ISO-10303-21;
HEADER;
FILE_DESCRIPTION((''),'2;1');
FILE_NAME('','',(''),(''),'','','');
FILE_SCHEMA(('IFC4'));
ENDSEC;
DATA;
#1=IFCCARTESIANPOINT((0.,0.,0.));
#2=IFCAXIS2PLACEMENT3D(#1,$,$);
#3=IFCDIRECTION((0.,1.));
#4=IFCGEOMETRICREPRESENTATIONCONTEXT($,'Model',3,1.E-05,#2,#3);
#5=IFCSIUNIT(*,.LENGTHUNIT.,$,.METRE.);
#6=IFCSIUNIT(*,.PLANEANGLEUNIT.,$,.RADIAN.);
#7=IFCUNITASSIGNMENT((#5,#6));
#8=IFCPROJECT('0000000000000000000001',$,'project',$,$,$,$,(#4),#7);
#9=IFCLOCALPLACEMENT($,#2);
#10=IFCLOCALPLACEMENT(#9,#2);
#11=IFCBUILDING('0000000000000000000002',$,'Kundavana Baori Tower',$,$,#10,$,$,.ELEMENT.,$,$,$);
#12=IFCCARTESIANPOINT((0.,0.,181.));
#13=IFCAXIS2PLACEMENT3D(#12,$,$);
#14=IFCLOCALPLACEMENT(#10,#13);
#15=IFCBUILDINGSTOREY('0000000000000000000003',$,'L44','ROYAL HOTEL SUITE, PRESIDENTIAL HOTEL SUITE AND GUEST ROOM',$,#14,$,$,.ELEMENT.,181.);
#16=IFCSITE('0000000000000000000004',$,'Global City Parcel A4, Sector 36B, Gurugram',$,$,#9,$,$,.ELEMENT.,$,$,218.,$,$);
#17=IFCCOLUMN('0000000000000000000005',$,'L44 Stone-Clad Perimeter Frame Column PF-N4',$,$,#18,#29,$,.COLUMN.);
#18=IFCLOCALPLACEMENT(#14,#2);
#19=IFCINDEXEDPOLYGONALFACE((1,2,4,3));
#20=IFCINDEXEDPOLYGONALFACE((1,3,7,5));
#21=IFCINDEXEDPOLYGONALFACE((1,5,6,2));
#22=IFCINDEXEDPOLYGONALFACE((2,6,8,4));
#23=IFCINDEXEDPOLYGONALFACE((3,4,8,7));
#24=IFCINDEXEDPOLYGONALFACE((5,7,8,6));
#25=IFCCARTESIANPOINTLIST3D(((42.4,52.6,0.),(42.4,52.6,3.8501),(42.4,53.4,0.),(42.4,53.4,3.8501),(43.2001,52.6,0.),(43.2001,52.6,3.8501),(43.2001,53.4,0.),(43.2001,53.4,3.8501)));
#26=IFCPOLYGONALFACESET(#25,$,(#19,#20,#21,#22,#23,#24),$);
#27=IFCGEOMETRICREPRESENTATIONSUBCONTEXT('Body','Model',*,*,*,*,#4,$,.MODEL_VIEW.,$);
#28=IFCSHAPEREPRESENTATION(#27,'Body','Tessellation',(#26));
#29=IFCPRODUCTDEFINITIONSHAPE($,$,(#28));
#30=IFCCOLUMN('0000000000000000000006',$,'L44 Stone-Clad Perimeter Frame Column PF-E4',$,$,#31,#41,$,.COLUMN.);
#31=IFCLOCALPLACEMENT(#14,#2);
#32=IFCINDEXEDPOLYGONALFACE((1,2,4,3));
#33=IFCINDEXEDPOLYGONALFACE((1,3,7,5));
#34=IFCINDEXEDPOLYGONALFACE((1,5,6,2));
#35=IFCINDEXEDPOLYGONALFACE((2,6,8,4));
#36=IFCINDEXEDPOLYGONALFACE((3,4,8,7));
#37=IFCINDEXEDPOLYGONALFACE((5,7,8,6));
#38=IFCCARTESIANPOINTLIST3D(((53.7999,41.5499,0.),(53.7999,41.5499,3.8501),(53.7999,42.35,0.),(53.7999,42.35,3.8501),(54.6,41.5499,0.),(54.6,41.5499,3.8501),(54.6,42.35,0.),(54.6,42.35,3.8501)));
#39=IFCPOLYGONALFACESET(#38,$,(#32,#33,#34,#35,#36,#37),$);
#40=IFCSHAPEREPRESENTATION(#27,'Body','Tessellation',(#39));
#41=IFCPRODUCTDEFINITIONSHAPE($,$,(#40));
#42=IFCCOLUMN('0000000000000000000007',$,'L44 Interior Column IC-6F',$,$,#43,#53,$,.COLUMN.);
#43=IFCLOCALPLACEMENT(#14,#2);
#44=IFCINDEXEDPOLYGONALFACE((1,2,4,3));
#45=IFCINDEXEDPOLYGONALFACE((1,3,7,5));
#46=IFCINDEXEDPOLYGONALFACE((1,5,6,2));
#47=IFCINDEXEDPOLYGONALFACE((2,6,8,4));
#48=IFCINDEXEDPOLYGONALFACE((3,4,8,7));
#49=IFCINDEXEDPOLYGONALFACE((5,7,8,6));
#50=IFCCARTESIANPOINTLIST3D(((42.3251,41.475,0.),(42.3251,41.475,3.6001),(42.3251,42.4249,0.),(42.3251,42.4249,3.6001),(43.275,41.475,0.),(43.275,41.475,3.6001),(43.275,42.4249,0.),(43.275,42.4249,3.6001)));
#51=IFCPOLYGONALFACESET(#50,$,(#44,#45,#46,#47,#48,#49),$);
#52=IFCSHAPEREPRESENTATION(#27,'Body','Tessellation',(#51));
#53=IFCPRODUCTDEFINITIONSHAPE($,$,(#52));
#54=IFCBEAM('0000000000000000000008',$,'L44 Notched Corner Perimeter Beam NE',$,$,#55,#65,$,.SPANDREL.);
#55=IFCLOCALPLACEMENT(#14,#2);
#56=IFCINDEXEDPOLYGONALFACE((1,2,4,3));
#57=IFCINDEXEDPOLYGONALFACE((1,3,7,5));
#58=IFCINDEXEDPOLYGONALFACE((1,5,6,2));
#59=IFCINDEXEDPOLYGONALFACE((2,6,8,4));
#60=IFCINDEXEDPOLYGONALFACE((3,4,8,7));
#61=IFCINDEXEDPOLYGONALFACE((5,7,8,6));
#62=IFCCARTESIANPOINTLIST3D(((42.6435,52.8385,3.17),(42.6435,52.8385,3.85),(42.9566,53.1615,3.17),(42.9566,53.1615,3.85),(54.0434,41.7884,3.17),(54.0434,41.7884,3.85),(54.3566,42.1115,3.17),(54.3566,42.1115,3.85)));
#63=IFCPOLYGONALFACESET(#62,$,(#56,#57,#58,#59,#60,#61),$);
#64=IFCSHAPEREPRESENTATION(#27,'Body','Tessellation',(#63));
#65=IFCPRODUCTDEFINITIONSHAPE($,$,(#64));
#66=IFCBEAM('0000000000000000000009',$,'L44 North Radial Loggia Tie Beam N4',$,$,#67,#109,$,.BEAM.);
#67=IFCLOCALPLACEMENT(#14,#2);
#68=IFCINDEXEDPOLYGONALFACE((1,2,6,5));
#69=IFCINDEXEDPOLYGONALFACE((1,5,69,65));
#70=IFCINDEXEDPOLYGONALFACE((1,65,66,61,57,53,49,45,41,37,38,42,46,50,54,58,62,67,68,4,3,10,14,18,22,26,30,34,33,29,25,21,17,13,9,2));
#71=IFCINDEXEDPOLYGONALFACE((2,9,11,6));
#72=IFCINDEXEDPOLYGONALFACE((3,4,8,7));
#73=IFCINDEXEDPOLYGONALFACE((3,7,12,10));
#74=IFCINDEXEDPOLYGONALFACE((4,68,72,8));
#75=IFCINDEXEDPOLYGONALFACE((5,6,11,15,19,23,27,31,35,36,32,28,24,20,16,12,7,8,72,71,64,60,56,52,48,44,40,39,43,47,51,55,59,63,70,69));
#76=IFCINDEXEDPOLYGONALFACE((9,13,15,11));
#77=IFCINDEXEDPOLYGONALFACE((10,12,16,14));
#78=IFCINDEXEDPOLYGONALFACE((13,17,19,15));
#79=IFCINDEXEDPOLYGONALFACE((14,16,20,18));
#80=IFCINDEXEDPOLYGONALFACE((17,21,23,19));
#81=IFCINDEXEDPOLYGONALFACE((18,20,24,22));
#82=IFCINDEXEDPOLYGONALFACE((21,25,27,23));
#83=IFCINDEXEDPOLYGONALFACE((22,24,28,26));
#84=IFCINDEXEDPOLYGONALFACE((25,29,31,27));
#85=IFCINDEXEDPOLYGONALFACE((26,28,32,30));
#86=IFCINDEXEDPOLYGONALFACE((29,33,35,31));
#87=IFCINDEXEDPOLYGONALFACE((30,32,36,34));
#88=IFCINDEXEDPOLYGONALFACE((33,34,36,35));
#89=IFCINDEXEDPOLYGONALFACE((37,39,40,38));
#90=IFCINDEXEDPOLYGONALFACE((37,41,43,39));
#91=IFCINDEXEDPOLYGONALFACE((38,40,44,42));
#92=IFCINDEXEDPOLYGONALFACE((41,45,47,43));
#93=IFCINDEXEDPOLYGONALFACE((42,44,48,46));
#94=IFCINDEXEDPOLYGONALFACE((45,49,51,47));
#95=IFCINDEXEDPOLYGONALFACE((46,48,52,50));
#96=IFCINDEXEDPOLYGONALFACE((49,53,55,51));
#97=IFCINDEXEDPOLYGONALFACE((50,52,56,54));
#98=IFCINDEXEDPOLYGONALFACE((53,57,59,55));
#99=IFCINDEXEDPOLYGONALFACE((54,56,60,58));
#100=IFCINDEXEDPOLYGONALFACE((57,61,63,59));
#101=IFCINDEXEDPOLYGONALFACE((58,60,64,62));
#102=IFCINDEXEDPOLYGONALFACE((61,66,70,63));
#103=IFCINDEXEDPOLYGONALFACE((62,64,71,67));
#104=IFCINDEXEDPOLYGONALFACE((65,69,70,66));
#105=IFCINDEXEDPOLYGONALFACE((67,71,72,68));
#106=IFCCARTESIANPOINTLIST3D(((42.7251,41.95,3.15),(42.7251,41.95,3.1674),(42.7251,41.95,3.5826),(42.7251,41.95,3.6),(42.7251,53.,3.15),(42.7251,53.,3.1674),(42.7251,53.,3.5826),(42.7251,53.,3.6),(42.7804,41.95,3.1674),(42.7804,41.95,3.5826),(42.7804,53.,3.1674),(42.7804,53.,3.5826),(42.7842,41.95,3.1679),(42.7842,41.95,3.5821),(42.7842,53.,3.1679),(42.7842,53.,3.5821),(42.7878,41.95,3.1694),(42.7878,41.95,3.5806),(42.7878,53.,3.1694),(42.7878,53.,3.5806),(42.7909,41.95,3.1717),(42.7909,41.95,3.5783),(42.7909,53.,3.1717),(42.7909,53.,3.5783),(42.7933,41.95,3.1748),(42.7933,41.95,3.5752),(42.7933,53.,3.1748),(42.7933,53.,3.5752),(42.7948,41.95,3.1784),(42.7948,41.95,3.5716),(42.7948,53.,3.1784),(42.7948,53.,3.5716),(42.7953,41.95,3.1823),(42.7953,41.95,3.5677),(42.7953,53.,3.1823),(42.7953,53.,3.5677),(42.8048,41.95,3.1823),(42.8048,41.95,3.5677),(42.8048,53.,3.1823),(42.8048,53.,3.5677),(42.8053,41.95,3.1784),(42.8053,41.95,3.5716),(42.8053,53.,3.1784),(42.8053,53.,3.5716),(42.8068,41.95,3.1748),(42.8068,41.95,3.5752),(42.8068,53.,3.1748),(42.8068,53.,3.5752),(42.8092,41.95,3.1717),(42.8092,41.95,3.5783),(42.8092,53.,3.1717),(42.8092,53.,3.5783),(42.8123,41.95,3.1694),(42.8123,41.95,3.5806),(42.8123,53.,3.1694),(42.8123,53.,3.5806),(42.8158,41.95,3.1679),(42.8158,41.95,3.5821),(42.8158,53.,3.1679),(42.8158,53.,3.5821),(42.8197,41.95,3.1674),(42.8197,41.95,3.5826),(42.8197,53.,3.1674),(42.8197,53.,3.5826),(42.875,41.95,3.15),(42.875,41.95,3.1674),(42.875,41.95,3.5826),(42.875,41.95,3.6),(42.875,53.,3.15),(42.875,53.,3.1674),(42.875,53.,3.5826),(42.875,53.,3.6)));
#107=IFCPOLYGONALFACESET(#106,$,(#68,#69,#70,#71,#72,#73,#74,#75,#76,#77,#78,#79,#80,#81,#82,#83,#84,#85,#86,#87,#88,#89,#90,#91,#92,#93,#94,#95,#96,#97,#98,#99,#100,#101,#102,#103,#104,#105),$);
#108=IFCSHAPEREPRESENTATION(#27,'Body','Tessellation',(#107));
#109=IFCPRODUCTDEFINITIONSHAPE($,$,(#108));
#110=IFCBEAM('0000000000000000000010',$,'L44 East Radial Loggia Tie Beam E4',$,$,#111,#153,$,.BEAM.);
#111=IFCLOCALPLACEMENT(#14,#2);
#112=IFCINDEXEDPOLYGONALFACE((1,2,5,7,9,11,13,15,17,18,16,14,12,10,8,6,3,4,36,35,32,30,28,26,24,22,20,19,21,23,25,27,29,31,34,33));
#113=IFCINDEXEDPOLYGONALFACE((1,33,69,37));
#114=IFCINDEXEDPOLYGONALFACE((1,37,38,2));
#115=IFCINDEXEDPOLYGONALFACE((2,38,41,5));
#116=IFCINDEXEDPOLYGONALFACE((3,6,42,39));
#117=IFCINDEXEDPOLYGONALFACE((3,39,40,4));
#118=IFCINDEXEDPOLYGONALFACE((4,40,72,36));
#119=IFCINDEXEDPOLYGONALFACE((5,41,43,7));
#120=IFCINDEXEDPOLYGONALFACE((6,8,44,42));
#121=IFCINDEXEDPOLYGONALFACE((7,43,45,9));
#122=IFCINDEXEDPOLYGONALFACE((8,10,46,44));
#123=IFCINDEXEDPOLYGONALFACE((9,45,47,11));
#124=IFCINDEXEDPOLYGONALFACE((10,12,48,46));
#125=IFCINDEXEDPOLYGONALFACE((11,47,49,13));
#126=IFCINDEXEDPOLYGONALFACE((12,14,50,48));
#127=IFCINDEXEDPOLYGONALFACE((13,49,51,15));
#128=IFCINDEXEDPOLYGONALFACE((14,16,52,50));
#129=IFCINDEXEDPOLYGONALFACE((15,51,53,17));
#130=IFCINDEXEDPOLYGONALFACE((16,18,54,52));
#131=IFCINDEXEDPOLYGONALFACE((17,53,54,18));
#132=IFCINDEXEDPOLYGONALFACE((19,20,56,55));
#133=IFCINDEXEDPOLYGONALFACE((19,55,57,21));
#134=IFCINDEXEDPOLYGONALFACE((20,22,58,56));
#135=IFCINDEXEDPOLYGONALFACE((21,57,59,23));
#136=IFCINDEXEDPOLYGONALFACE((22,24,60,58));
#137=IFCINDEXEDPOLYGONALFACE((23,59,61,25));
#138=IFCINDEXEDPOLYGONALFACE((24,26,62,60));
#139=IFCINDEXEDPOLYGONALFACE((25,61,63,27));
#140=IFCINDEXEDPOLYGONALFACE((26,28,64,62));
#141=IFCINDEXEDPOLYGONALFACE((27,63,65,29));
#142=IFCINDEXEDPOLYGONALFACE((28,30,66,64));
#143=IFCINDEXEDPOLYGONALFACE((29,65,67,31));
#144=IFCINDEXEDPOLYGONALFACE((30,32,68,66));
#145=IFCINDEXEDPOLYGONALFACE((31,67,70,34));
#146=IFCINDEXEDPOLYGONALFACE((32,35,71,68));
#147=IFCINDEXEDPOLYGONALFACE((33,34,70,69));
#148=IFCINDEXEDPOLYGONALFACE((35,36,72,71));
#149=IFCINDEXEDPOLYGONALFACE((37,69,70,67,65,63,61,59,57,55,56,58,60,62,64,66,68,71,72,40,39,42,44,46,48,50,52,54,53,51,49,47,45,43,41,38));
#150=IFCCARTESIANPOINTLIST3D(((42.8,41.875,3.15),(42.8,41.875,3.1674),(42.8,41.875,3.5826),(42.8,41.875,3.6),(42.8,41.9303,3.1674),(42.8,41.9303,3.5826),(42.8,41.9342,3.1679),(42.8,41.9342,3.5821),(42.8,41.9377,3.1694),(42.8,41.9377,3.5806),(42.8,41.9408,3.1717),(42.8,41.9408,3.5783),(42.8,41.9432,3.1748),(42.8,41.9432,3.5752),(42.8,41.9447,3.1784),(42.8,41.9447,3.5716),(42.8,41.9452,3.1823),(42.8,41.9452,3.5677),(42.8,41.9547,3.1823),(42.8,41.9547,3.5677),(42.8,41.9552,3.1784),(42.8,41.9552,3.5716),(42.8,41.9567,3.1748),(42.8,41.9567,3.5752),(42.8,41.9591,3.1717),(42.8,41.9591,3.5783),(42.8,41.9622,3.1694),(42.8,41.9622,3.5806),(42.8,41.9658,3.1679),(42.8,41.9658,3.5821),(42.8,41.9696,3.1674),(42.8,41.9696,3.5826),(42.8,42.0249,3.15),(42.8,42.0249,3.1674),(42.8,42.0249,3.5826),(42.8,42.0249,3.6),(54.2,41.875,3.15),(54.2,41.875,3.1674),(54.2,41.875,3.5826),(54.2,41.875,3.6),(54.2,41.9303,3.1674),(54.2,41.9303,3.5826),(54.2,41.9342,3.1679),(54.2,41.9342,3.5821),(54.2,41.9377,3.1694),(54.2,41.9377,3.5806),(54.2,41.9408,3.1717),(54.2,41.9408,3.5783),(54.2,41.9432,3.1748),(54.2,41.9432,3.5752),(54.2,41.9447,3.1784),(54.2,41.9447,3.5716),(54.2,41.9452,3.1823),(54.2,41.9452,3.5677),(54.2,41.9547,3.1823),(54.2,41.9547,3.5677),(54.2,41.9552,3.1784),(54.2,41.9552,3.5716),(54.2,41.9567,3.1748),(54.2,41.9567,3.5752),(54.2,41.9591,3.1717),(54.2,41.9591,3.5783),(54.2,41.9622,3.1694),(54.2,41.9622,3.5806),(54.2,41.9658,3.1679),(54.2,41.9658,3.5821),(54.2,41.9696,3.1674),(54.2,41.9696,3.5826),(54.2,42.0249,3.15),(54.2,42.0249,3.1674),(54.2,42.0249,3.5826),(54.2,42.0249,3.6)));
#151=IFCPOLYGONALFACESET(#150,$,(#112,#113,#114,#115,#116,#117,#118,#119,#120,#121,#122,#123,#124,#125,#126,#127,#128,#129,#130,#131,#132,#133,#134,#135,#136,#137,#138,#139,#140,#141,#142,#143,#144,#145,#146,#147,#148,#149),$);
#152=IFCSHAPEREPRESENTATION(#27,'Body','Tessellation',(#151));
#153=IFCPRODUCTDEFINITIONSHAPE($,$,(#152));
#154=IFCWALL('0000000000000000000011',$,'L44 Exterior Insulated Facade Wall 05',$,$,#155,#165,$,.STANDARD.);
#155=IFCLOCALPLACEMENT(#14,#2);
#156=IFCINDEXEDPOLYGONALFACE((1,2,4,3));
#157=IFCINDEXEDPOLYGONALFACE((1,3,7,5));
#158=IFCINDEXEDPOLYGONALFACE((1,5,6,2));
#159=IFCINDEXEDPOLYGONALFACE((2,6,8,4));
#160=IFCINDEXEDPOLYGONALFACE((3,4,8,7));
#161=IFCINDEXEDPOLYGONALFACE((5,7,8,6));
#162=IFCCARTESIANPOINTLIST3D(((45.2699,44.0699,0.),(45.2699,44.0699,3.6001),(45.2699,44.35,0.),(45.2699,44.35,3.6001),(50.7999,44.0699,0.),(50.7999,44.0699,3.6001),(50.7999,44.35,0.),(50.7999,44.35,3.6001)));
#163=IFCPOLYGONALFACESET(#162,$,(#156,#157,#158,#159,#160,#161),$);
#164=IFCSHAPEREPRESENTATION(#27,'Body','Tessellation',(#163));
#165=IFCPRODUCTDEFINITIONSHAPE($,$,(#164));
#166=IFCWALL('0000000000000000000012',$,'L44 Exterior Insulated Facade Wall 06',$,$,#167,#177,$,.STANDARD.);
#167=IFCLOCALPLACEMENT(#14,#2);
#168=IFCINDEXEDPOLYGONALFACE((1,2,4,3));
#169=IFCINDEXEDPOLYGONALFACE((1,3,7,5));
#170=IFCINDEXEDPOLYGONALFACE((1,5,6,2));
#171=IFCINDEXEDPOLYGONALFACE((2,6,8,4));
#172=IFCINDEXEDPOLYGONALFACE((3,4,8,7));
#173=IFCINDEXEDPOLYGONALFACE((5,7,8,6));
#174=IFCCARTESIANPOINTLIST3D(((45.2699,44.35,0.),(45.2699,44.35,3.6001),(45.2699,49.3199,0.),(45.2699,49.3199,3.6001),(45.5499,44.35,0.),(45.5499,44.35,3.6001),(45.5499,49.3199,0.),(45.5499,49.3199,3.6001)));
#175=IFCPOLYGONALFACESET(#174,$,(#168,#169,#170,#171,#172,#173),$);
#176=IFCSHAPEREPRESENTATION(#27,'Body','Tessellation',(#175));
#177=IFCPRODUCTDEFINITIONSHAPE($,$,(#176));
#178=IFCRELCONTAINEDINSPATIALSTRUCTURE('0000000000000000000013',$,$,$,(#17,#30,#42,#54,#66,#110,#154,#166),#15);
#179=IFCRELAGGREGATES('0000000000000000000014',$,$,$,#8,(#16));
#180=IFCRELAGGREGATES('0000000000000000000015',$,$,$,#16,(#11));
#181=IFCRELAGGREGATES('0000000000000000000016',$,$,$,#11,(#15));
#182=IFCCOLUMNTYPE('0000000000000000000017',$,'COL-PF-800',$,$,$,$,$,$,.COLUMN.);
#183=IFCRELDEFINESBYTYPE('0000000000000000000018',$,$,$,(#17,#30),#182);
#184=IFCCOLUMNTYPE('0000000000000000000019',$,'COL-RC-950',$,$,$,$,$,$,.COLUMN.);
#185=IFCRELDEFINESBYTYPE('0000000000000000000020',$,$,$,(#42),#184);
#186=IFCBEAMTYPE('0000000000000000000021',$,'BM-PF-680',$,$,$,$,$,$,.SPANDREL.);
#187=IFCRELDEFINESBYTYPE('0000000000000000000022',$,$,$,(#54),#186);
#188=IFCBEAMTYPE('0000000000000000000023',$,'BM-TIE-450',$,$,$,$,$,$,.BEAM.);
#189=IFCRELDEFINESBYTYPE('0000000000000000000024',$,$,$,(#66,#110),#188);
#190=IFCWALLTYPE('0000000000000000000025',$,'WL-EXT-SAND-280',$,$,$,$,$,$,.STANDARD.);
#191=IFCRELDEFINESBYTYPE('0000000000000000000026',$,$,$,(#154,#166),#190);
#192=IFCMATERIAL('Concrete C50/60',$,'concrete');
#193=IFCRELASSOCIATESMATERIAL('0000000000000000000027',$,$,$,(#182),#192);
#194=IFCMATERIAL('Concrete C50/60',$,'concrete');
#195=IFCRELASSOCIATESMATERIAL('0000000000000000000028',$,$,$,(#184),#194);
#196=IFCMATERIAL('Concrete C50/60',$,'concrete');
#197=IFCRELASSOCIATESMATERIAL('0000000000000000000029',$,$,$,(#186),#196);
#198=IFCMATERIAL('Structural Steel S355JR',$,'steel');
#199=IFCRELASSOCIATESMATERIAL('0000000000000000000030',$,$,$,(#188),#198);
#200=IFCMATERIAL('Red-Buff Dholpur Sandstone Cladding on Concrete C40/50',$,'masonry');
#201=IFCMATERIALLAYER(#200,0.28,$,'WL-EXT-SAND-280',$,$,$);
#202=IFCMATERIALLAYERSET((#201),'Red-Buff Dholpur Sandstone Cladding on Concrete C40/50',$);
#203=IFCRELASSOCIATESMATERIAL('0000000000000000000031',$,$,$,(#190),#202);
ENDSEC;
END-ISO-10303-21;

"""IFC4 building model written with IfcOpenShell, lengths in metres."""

from ifc_helpers import new_model, si_unit, direction, frame, frame_2d, origin, origin_2d, place, context, subcontext, project, spatial, rectangle, i_section, extrude, material, layer, layer_set, material_profile, profile_set, type_object, element, save


model = new_model("IFC4")

# Units and contexts
model_context = context("Model", 3, precision=1e-05, world=origin(), true_north=direction((0.0, 1.0)))
body_context = subcontext(model_context, "Body", "Model", "MODEL_VIEW")
ifc_project = project(units=[si_unit("LENGTHUNIT", "METRE"), si_unit("PLANEANGLEUNIT", "RADIAN")], contexts=[model_context])

# Site, building, storey
site_placement = place(None, origin())
site = spatial("IfcSite", under=ifc_project, at=site_placement, Name="Global City Parcel A4, Sector 36B, Gurugram", CompositionType="ELEMENT", RefElevation=218.0)
building_placement = place(site_placement, origin())
building = spatial("IfcBuilding", under=site, at=building_placement, Name="Kundavana Baori Tower", CompositionType="ELEMENT")
storey_placement = place(building_placement, frame((0.0, 0.0, 181.0)))
storey = spatial("IfcBuildingStorey", under=building, at=storey_placement, Name="L44", Description="ROYAL HOTEL SUITE, PRESIDENTIAL HOTEL SUITE AND GUEST ROOM", CompositionType="ELEMENT", Elevation=181.0)

# Columns
ifc_material_1 = material(Name="Concrete C50/60", Category="concrete")
ifc_material_profile_1 = material_profile(ifc_material_1, rectangle(XDim=0.8, YDim=0.8, at=origin_2d()), Name="RC PF 800x800")
ifc_profile_set_1 = profile_set([ifc_material_profile_1], Name="Concrete C50/60")
column_type_1 = type_object("IfcColumnType", Name="COL-PF-800", PredefinedType="COLUMN", material=ifc_profile_set_1)
for number, where, z_axis, x_axis, name in (
    (1, (42.8, 53.0, 0.0), (0.0, 0.0, 1.0), (1.0, 0.0, 0.0), "L44 Stone-Clad Perimeter Frame Column PF-N4"),
    (2, (54.2, 41.95, 0.0), (0.0, 0.0, 1.0), (1.0, 0.0, 0.0), "L44 Stone-Clad Perimeter Frame Column PF-E4"),
):
    element("IfcColumn", number, at=place(storey_placement, frame(where, z_axis=z_axis, x_axis=x_axis)), inside=storey, type_object=column_type_1, Name=name, PredefinedType="COLUMN", context=body_context, shape_type="SweptSolid", body=[
        extrude(rectangle(XDim=0.8, YDim=0.8, at=origin_2d()), origin(), (0.0, 0.0, 1.0), 3.8501),
    ])
ifc_material_2 = material(Name="Concrete C50/60", Category="concrete")
ifc_material_profile_2 = material_profile(ifc_material_2, rectangle(XDim=0.95, YDim=0.95, at=origin_2d()), Name="RC 950x950")
ifc_profile_set_2 = profile_set([ifc_material_profile_2], Name="Concrete C50/60")
column_type_2 = type_object("IfcColumnType", Name="COL-RC-950", PredefinedType="COLUMN", material=ifc_profile_set_2)
column_placement = place(storey_placement, frame((42.8, 41.95, 0.0), z_axis=(0.0, 0.0, 1.0), x_axis=(1.0, 0.0, 0.0)))
element("IfcColumn", 3, at=column_placement, inside=storey, type_object=column_type_2, Name="L44 Interior Column IC-6F", PredefinedType="COLUMN", context=body_context, shape_type="SweptSolid", body=[
    extrude(rectangle(XDim=0.95, YDim=0.95, at=origin_2d()), origin(), (0.0, 0.0, 1.0), 3.6001),
])

# Beams
ifc_material_3 = material(Name="Concrete C50/60", Category="concrete")
ifc_material_profile_3 = material_profile(ifc_material_3, rectangle(XDim=0.45, YDim=0.6799, at=origin_2d()), Name="RC BM 450x680")
ifc_profile_set_3 = profile_set([ifc_material_profile_3], Name="Concrete C50/60")
beam_type_1 = type_object("IfcBeamType", Name="BM-PF-680", PredefinedType="SPANDREL", material=ifc_profile_set_3)
beam_1_placement = place(storey_placement, frame((42.8, 53.0, 3.51), z_axis=(0.718039, -0.696003, 0.0), x_axis=(0.696003, 0.718039, 0.0)))
element("IfcBeam", 4, at=beam_1_placement, inside=storey, type_object=beam_type_1, Name="L44 Notched Corner Perimeter Beam NE", PredefinedType="SPANDREL", context=body_context, shape_type="SweptSolid", body=[
    extrude(rectangle(XDim=0.45, YDim=0.6799, at=origin_2d()), origin(), (0.0, 0.0, 1.0), 15.8765),
])
ifc_material_4 = material(Name="Structural Steel S355JR", Category="steel")
ifc_material_profile_4 = material_profile(ifc_material_4, i_section(OverallWidth=0.1499, OverallDepth=0.45, WebThickness=0.0095, FlangeThickness=0.0173, FilletRadius=0.0149, at=origin_2d()), Name="ISMB 450")
ifc_profile_set_4 = profile_set([ifc_material_profile_4], Name="Structural Steel S355JR")
beam_type_2 = type_object("IfcBeamType", Name="BM-TIE-450", PredefinedType="BEAM", material=ifc_profile_set_4)
beam_2_placement = place(storey_placement, frame((42.8, 41.95, 3.375), z_axis=(0.0, 1.0, 0.0), x_axis=(-1.0, 0.0, 0.0)))
element("IfcBeam", 5, at=beam_2_placement, inside=storey, type_object=beam_type_2, Name="L44 North Radial Loggia Tie Beam N4", PredefinedType="BEAM", context=body_context, shape_type="SweptSolid", body=[
    extrude(i_section(OverallWidth=0.1499, OverallDepth=0.45, WebThickness=0.0095, FlangeThickness=0.0173, FilletRadius=0.0149, at=origin_2d()), origin(), (0.0, 0.0, 1.0), 11.05),
])
beam_3_placement = place(storey_placement, frame((42.8, 41.95, 3.375), z_axis=(1.0, 0.0, 0.0), x_axis=(0.0, 1.0, 0.0)))
element("IfcBeam", 6, at=beam_3_placement, inside=storey, type_object=beam_type_2, Name="L44 East Radial Loggia Tie Beam E4", PredefinedType="BEAM", context=body_context, shape_type="SweptSolid", body=[
    extrude(i_section(OverallWidth=0.1499, OverallDepth=0.45, WebThickness=0.0095, FlangeThickness=0.0173, FilletRadius=0.0149, at=origin_2d()), origin(), (0.0, 0.0, 1.0), 11.3999),
])

# Walls
ifc_material_5 = material(Name="Red-Buff Dholpur Sandstone Cladding on Concrete C40/50", Category="masonry")
ifc_layer_1 = layer(ifc_material_5, 0.28, Name="WL-EXT-SAND-280")
ifc_layer_set_1 = layer_set([ifc_layer_1], Name="Red-Buff Dholpur Sandstone Cladding on Concrete C40/50")
wall_type_1 = type_object("IfcWallType", Name="WL-EXT-SAND-280", PredefinedType="STANDARD", material=ifc_layer_set_1)
wall_1_placement = place(storey_placement, frame((50.8, 44.21, 0.0), z_axis=(0.0, 0.0, 1.0), x_axis=(-1.0, 0.0, 0.0)))
element("IfcWall", 7, at=wall_1_placement, inside=storey, type_object=wall_type_1, Name="L44 Exterior Insulated Facade Wall 05", PredefinedType="STANDARD", context=body_context, shape_type="SweptSolid", body=[
    extrude(rectangle(XDim=5.53, YDim=0.28, at=frame_2d((2.7651, 0.0))), origin(), (0.0, 0.0, 1.0), 3.6001),
])
wall_2_placement = place(storey_placement, frame((45.4099, 44.3501, 0.0), z_axis=(0.0, 0.0, 1.0), x_axis=(0.0, 1.0, 0.0)))
element("IfcWall", 8, at=wall_2_placement, inside=storey, type_object=wall_type_1, Name="L44 Exterior Insulated Facade Wall 06", PredefinedType="STANDARD", context=body_context, shape_type="SweptSolid", body=[
    extrude(rectangle(XDim=4.97, YDim=0.28, at=frame_2d((2.4849, 0.0))), origin(), (0.0, 0.0, 1.0), 3.6001),
])

save(model, "model.ifc")
